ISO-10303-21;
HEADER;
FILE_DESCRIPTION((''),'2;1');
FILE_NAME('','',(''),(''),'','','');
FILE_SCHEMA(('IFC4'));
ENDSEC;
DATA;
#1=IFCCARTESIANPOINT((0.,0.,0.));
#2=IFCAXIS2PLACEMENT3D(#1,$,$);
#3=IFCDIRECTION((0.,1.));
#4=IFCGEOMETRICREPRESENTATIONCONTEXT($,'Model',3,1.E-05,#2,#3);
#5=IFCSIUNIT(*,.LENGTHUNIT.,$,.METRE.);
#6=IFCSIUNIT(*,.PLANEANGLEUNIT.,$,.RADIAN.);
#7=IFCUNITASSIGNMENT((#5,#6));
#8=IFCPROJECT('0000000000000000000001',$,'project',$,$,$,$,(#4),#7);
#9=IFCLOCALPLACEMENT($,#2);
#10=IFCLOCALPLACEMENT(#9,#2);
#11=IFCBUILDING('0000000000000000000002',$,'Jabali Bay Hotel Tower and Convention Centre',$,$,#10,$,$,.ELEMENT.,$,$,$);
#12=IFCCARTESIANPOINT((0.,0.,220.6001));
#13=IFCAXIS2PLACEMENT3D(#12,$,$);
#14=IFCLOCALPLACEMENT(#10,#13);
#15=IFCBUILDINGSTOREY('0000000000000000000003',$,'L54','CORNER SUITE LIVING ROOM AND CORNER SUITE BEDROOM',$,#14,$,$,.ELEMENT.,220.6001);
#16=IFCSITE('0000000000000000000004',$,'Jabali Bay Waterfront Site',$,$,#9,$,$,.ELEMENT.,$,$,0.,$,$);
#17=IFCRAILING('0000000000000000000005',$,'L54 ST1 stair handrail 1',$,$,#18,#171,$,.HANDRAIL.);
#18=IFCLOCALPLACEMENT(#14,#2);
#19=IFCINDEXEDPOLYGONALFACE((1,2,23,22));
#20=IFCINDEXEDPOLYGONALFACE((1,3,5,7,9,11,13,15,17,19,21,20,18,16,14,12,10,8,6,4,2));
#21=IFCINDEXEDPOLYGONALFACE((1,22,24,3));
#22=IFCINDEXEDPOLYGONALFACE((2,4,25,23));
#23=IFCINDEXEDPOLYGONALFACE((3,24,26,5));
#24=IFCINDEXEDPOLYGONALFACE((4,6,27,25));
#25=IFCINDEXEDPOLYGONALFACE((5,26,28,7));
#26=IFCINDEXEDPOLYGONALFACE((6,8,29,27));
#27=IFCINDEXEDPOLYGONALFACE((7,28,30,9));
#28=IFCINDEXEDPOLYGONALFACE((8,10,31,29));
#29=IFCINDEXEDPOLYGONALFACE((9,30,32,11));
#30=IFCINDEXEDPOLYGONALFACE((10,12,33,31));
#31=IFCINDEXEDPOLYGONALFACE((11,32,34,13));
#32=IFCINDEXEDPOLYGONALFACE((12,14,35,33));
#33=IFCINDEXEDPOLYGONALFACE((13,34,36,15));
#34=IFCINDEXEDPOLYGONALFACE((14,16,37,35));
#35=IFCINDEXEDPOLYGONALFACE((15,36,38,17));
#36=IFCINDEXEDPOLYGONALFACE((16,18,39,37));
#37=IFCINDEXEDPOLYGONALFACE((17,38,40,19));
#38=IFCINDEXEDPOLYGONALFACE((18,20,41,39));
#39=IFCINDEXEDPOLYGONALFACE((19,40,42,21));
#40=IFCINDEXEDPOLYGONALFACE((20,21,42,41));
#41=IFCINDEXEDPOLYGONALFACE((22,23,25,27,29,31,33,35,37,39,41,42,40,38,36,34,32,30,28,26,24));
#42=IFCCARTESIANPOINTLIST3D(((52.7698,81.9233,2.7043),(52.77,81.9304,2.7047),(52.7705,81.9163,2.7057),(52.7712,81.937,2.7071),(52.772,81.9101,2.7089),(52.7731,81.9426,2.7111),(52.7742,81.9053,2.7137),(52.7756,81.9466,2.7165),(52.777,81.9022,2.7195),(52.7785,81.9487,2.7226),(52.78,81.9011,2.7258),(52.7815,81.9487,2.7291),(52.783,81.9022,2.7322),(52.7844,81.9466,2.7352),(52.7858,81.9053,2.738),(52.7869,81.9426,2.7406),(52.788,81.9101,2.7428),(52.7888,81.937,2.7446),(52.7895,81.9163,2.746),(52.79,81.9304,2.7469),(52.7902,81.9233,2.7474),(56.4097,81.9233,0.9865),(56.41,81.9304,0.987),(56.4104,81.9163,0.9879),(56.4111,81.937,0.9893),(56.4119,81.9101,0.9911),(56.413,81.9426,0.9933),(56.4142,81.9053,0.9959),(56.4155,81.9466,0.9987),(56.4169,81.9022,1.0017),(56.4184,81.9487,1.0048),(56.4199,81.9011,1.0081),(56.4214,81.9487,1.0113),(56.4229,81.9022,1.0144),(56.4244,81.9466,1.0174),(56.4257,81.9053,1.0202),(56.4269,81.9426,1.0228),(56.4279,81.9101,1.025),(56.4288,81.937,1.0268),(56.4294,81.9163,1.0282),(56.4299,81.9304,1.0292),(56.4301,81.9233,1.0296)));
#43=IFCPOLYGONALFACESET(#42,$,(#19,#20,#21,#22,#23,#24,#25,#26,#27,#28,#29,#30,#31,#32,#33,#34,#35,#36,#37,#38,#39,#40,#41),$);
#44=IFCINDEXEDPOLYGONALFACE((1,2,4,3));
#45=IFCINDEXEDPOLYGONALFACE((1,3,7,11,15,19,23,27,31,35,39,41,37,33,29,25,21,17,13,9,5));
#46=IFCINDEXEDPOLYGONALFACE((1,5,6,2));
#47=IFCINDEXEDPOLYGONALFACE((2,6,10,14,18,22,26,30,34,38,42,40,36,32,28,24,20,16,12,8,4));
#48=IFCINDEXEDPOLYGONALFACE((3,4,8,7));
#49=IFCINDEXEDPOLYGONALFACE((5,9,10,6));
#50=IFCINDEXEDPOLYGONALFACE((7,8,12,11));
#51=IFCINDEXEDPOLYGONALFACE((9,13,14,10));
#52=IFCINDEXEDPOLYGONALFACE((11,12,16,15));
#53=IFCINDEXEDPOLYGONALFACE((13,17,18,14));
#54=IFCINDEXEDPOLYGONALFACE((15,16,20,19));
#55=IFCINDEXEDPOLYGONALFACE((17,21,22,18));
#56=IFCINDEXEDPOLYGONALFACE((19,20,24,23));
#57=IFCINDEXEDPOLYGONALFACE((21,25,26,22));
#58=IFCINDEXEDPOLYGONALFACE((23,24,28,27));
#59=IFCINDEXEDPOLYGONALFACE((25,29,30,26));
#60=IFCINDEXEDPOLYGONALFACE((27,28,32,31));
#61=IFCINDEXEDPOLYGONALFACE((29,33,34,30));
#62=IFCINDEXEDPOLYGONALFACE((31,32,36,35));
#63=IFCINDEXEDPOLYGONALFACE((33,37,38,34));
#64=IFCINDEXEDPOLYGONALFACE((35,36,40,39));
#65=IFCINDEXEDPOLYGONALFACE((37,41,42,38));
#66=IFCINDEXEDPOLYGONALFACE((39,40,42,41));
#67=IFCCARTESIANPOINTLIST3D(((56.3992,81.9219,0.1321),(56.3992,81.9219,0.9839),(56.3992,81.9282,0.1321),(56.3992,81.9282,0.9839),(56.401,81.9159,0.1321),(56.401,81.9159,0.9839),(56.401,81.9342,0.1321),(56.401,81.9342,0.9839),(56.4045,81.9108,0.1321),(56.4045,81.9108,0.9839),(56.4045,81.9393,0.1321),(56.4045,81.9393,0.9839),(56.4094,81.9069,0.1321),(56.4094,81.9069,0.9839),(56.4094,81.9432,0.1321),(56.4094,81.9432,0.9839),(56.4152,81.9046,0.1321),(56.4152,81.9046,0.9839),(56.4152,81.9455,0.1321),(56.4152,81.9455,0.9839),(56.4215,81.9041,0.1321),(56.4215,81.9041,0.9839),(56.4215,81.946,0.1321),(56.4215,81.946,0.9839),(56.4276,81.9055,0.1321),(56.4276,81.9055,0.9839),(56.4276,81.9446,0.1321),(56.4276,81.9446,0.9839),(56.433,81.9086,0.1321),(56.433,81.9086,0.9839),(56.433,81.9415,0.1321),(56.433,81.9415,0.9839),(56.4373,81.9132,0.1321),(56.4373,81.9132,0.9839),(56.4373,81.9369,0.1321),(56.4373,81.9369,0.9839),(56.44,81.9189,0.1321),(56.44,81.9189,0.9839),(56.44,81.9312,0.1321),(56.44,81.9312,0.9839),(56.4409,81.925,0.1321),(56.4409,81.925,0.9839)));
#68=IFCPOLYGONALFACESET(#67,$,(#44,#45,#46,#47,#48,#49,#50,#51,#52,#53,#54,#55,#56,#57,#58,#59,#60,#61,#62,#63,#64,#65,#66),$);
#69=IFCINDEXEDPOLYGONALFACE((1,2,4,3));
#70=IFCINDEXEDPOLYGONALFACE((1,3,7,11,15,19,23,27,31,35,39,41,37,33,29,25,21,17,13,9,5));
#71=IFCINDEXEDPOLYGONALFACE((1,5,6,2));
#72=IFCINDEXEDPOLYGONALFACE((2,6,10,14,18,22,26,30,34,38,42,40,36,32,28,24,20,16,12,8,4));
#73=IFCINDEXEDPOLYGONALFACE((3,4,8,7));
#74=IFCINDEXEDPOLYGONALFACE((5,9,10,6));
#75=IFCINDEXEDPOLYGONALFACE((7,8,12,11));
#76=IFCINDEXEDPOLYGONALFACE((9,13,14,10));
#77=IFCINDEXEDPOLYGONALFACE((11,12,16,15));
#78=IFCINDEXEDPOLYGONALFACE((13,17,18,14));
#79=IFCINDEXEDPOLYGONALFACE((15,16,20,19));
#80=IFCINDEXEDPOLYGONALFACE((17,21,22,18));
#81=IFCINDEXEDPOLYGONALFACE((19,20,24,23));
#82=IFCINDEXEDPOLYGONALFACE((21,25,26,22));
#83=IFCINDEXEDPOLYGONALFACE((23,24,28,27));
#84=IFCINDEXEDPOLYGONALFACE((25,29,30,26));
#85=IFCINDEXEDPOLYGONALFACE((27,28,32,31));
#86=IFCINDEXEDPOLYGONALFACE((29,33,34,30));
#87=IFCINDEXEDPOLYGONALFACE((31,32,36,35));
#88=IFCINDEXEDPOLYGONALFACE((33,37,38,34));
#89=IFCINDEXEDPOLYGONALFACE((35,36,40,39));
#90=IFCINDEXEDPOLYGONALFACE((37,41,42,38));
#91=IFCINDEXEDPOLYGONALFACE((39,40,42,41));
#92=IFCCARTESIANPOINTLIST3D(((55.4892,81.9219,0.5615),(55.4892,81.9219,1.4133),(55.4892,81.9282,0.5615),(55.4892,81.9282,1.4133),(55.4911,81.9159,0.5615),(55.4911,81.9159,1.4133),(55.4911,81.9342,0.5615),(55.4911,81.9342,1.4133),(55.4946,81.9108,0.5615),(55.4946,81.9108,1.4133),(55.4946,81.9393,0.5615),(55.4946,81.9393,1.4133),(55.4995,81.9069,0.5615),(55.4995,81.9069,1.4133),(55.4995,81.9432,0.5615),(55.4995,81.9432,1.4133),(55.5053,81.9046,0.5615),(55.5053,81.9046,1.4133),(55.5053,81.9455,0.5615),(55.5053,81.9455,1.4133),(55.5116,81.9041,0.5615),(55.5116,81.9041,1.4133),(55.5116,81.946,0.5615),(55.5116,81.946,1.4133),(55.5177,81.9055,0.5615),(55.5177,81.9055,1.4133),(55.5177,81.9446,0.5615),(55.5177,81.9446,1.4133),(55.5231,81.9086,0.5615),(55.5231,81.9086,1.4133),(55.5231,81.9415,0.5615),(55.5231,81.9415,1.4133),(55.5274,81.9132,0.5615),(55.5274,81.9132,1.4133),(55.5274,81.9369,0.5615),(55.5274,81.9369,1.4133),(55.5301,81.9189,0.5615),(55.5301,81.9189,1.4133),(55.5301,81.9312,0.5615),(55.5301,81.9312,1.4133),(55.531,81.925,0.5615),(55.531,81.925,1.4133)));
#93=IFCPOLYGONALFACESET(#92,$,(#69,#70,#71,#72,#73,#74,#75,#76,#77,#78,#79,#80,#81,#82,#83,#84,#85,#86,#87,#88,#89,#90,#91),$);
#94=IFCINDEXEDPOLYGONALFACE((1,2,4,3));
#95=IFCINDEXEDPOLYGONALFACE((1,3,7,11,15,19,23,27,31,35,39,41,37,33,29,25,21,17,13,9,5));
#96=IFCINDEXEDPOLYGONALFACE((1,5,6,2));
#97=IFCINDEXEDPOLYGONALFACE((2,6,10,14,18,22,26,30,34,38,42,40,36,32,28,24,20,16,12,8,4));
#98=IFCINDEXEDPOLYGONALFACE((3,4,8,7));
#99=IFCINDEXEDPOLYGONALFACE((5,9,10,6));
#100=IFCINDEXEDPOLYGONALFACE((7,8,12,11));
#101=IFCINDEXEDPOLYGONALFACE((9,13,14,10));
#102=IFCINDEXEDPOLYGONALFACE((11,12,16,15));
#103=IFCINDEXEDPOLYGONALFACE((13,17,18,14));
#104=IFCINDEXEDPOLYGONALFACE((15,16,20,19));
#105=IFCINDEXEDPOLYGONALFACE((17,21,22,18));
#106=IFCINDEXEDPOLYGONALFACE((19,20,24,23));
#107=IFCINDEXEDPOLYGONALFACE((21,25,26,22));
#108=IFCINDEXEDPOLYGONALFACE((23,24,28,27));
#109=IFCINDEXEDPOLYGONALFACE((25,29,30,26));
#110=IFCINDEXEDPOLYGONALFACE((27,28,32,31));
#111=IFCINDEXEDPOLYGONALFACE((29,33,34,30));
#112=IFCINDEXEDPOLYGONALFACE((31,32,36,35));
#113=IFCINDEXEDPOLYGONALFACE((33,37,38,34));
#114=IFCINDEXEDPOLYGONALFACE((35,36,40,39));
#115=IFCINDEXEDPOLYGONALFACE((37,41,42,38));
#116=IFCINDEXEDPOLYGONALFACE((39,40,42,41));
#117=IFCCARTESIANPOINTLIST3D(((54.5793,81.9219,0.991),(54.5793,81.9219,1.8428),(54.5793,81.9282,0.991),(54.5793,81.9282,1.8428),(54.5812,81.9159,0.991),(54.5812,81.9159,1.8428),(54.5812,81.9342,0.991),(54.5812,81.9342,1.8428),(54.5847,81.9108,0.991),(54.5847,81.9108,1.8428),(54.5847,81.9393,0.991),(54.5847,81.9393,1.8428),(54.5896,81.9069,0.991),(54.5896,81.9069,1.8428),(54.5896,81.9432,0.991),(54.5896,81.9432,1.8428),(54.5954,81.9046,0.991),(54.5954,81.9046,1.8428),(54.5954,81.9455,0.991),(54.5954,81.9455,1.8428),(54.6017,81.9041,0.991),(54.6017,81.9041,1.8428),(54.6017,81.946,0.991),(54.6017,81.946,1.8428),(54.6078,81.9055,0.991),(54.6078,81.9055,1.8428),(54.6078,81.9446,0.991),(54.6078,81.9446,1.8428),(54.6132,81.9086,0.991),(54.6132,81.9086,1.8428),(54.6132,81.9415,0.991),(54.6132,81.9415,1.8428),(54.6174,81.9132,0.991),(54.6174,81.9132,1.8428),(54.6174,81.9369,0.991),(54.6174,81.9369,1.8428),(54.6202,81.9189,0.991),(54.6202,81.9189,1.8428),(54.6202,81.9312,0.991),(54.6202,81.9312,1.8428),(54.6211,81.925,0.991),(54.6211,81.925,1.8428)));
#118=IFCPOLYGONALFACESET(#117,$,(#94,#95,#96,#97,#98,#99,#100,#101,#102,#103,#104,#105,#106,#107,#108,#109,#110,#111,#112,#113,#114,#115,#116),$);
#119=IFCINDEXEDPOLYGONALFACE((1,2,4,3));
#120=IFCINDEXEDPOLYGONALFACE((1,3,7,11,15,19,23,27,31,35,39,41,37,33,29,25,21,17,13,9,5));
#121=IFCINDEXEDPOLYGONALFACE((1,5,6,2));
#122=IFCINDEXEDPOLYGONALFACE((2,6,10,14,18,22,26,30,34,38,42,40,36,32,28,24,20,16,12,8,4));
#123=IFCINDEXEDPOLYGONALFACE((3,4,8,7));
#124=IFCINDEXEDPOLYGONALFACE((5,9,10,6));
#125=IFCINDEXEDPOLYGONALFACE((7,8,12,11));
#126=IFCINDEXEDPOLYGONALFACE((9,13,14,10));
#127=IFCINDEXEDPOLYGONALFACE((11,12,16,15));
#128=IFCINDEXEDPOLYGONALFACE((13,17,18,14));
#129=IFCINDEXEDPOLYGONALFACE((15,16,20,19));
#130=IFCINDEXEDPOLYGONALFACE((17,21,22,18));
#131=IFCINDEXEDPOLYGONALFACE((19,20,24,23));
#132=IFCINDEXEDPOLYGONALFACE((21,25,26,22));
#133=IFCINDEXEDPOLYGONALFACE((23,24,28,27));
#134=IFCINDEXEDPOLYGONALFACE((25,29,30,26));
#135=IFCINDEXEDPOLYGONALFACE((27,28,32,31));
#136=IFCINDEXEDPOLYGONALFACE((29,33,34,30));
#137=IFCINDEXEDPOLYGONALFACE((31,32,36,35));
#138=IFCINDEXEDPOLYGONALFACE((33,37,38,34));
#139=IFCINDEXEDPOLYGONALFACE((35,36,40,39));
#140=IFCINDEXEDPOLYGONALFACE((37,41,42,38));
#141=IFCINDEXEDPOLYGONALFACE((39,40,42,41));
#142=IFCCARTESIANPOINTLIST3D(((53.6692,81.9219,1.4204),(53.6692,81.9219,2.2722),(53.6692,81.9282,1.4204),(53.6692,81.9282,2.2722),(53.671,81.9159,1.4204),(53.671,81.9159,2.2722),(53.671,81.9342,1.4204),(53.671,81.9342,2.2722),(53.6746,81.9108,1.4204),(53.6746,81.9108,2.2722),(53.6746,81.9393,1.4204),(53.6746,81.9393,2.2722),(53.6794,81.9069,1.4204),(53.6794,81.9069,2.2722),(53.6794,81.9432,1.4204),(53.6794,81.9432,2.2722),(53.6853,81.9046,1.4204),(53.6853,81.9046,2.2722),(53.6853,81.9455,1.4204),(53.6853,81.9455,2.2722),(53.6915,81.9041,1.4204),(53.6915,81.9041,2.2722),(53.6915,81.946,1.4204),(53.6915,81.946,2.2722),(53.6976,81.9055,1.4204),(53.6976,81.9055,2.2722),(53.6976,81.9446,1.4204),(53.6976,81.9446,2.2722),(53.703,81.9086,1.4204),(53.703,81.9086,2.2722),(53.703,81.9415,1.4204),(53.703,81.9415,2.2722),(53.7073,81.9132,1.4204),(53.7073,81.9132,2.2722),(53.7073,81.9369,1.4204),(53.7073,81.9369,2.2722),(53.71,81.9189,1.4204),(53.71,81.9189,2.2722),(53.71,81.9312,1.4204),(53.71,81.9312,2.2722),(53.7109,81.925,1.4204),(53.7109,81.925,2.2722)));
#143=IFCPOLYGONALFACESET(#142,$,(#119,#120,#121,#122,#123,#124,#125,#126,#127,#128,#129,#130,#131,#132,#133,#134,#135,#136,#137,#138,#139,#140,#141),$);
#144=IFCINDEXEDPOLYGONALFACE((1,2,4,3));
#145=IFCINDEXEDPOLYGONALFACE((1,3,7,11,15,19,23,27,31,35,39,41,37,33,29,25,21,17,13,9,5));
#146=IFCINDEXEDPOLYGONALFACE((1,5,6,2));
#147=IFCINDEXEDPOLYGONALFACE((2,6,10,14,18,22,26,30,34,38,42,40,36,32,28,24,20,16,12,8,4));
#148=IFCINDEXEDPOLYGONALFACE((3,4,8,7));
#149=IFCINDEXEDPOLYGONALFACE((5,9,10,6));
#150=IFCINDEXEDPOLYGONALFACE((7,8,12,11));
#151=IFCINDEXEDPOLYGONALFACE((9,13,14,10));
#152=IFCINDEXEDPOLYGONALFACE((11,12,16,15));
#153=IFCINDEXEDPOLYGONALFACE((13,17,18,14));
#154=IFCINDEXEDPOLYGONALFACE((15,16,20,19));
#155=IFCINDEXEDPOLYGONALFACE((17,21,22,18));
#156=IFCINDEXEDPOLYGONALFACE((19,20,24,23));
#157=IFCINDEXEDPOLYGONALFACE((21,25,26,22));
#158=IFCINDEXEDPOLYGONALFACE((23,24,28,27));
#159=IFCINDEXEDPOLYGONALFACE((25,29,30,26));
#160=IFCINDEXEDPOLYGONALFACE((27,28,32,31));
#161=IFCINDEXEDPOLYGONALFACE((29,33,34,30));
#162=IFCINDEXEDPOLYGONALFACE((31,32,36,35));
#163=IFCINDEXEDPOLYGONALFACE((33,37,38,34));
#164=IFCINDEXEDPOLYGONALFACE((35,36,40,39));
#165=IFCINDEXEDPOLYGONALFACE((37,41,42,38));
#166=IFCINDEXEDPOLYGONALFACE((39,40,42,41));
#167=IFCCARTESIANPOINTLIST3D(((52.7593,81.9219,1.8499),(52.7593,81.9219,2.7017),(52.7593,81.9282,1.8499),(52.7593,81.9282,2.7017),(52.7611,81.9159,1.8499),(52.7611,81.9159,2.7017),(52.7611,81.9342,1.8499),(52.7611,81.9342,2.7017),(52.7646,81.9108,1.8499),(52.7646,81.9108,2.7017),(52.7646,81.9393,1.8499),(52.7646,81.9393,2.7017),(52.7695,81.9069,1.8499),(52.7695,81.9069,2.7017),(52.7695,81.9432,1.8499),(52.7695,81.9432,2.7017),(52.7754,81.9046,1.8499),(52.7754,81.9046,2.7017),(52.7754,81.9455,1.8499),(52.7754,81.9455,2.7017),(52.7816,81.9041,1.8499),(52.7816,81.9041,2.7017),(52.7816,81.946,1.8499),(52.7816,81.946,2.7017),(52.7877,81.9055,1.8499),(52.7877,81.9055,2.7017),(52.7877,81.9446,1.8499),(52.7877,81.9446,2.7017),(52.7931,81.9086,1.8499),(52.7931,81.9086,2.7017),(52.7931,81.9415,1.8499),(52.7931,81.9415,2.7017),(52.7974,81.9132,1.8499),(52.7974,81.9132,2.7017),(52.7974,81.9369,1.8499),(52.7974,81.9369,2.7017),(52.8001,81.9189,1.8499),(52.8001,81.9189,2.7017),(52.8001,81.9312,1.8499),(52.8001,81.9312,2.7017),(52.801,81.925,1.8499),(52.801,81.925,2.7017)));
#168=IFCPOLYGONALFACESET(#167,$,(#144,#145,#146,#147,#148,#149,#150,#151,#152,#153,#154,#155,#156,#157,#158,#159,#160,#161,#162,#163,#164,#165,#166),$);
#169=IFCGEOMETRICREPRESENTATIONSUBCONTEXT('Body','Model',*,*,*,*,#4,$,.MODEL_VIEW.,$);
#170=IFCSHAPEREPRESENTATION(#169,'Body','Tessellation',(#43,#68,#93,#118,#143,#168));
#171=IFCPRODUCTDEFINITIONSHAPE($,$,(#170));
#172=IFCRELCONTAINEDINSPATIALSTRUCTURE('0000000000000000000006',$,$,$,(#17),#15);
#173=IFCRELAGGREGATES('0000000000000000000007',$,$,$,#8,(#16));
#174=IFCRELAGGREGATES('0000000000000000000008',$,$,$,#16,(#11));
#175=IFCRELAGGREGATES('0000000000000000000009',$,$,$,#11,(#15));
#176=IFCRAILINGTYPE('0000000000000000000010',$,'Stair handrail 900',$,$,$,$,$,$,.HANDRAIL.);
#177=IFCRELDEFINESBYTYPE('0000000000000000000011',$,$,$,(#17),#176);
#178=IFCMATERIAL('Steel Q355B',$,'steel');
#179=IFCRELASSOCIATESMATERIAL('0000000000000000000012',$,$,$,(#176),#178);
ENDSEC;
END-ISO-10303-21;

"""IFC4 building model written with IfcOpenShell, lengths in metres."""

from ifc_helpers import new_model, si_unit, direction, frame, origin, origin_2d, place, context, subcontext, project, spatial, circle, extrude, material, type_object, element, save


model = new_model("IFC4")

# Units and contexts
model_context = context("Model", 3, precision=1e-05, world=origin(), true_north=direction((0.0, 1.0)))
body_context = subcontext(model_context, "Body", "Model", "MODEL_VIEW")
ifc_project = project(units=[si_unit("LENGTHUNIT", "METRE"), si_unit("PLANEANGLEUNIT", "RADIAN")], contexts=[model_context])

# Site, building, storey
site_placement = place(None, origin())
site = spatial("IfcSite", under=ifc_project, at=site_placement, Name="Jabali Bay Waterfront Site", CompositionType="ELEMENT", RefElevation=0.0)
building_placement = place(site_placement, origin())
building = spatial("IfcBuilding", under=site, at=building_placement, Name="Jabali Bay Hotel Tower and Convention Centre", CompositionType="ELEMENT")
storey_placement = place(building_placement, frame((0.0, 0.0, 220.6001)))
storey = spatial("IfcBuildingStorey", under=building, at=storey_placement, Name="L54", Description="CORNER SUITE LIVING ROOM AND CORNER SUITE BEDROOM", CompositionType="ELEMENT", Elevation=220.6001)

# Railing
ifc_material_1 = material(Name="Steel Q355B", Category="steel")
railing_type_1 = type_object("IfcRailingType", Name="Stair handrail 900", PredefinedType="HANDRAIL", material=ifc_material_1)
railing_1_placement = place(storey_placement, frame((56.4199, 81.925, 0.1321)))
element("IfcRailing", 1, at=railing_1_placement, inside=storey, type_object=railing_type_1, Name="L54 ST1 stair handrail 1", PredefinedType="HANDRAIL", context=body_context, shape_type="SweptSolid", body=[
    extrude(circle(Radius=0.0239, at=origin_2d()), frame((0.0, 0.0, 0.876), z_axis=(-0.904351, 0.0, 0.42679), x_axis=(0.0, -1.0, 0.0)), (0.0, 0.0, 1.0), 4.0249),
    extrude(circle(Radius=0.021, at=origin_2d()), origin(), (0.0, 0.0, 1.0), 0.8518),
    extrude(circle(Radius=0.021, at=origin_2d()), frame((-0.9099, 0.0, 0.4294)), (0.0, 0.0, 1.0), 0.8518),
    extrude(circle(Radius=0.021, at=origin_2d()), frame((-1.8198, 0.0, 0.8589)), (0.0, 0.0, 1.0), 0.8518),
    extrude(circle(Radius=0.021, at=origin_2d()), frame((-2.73, 0.0, 1.2883)), (0.0, 0.0, 1.0), 0.8518),
    extrude(circle(Radius=0.021, at=origin_2d()), frame((-3.6399, 0.0, 1.7178)), (0.0, 0.0, 1.0), 0.8518),
])

save(model, "model.ifc")
